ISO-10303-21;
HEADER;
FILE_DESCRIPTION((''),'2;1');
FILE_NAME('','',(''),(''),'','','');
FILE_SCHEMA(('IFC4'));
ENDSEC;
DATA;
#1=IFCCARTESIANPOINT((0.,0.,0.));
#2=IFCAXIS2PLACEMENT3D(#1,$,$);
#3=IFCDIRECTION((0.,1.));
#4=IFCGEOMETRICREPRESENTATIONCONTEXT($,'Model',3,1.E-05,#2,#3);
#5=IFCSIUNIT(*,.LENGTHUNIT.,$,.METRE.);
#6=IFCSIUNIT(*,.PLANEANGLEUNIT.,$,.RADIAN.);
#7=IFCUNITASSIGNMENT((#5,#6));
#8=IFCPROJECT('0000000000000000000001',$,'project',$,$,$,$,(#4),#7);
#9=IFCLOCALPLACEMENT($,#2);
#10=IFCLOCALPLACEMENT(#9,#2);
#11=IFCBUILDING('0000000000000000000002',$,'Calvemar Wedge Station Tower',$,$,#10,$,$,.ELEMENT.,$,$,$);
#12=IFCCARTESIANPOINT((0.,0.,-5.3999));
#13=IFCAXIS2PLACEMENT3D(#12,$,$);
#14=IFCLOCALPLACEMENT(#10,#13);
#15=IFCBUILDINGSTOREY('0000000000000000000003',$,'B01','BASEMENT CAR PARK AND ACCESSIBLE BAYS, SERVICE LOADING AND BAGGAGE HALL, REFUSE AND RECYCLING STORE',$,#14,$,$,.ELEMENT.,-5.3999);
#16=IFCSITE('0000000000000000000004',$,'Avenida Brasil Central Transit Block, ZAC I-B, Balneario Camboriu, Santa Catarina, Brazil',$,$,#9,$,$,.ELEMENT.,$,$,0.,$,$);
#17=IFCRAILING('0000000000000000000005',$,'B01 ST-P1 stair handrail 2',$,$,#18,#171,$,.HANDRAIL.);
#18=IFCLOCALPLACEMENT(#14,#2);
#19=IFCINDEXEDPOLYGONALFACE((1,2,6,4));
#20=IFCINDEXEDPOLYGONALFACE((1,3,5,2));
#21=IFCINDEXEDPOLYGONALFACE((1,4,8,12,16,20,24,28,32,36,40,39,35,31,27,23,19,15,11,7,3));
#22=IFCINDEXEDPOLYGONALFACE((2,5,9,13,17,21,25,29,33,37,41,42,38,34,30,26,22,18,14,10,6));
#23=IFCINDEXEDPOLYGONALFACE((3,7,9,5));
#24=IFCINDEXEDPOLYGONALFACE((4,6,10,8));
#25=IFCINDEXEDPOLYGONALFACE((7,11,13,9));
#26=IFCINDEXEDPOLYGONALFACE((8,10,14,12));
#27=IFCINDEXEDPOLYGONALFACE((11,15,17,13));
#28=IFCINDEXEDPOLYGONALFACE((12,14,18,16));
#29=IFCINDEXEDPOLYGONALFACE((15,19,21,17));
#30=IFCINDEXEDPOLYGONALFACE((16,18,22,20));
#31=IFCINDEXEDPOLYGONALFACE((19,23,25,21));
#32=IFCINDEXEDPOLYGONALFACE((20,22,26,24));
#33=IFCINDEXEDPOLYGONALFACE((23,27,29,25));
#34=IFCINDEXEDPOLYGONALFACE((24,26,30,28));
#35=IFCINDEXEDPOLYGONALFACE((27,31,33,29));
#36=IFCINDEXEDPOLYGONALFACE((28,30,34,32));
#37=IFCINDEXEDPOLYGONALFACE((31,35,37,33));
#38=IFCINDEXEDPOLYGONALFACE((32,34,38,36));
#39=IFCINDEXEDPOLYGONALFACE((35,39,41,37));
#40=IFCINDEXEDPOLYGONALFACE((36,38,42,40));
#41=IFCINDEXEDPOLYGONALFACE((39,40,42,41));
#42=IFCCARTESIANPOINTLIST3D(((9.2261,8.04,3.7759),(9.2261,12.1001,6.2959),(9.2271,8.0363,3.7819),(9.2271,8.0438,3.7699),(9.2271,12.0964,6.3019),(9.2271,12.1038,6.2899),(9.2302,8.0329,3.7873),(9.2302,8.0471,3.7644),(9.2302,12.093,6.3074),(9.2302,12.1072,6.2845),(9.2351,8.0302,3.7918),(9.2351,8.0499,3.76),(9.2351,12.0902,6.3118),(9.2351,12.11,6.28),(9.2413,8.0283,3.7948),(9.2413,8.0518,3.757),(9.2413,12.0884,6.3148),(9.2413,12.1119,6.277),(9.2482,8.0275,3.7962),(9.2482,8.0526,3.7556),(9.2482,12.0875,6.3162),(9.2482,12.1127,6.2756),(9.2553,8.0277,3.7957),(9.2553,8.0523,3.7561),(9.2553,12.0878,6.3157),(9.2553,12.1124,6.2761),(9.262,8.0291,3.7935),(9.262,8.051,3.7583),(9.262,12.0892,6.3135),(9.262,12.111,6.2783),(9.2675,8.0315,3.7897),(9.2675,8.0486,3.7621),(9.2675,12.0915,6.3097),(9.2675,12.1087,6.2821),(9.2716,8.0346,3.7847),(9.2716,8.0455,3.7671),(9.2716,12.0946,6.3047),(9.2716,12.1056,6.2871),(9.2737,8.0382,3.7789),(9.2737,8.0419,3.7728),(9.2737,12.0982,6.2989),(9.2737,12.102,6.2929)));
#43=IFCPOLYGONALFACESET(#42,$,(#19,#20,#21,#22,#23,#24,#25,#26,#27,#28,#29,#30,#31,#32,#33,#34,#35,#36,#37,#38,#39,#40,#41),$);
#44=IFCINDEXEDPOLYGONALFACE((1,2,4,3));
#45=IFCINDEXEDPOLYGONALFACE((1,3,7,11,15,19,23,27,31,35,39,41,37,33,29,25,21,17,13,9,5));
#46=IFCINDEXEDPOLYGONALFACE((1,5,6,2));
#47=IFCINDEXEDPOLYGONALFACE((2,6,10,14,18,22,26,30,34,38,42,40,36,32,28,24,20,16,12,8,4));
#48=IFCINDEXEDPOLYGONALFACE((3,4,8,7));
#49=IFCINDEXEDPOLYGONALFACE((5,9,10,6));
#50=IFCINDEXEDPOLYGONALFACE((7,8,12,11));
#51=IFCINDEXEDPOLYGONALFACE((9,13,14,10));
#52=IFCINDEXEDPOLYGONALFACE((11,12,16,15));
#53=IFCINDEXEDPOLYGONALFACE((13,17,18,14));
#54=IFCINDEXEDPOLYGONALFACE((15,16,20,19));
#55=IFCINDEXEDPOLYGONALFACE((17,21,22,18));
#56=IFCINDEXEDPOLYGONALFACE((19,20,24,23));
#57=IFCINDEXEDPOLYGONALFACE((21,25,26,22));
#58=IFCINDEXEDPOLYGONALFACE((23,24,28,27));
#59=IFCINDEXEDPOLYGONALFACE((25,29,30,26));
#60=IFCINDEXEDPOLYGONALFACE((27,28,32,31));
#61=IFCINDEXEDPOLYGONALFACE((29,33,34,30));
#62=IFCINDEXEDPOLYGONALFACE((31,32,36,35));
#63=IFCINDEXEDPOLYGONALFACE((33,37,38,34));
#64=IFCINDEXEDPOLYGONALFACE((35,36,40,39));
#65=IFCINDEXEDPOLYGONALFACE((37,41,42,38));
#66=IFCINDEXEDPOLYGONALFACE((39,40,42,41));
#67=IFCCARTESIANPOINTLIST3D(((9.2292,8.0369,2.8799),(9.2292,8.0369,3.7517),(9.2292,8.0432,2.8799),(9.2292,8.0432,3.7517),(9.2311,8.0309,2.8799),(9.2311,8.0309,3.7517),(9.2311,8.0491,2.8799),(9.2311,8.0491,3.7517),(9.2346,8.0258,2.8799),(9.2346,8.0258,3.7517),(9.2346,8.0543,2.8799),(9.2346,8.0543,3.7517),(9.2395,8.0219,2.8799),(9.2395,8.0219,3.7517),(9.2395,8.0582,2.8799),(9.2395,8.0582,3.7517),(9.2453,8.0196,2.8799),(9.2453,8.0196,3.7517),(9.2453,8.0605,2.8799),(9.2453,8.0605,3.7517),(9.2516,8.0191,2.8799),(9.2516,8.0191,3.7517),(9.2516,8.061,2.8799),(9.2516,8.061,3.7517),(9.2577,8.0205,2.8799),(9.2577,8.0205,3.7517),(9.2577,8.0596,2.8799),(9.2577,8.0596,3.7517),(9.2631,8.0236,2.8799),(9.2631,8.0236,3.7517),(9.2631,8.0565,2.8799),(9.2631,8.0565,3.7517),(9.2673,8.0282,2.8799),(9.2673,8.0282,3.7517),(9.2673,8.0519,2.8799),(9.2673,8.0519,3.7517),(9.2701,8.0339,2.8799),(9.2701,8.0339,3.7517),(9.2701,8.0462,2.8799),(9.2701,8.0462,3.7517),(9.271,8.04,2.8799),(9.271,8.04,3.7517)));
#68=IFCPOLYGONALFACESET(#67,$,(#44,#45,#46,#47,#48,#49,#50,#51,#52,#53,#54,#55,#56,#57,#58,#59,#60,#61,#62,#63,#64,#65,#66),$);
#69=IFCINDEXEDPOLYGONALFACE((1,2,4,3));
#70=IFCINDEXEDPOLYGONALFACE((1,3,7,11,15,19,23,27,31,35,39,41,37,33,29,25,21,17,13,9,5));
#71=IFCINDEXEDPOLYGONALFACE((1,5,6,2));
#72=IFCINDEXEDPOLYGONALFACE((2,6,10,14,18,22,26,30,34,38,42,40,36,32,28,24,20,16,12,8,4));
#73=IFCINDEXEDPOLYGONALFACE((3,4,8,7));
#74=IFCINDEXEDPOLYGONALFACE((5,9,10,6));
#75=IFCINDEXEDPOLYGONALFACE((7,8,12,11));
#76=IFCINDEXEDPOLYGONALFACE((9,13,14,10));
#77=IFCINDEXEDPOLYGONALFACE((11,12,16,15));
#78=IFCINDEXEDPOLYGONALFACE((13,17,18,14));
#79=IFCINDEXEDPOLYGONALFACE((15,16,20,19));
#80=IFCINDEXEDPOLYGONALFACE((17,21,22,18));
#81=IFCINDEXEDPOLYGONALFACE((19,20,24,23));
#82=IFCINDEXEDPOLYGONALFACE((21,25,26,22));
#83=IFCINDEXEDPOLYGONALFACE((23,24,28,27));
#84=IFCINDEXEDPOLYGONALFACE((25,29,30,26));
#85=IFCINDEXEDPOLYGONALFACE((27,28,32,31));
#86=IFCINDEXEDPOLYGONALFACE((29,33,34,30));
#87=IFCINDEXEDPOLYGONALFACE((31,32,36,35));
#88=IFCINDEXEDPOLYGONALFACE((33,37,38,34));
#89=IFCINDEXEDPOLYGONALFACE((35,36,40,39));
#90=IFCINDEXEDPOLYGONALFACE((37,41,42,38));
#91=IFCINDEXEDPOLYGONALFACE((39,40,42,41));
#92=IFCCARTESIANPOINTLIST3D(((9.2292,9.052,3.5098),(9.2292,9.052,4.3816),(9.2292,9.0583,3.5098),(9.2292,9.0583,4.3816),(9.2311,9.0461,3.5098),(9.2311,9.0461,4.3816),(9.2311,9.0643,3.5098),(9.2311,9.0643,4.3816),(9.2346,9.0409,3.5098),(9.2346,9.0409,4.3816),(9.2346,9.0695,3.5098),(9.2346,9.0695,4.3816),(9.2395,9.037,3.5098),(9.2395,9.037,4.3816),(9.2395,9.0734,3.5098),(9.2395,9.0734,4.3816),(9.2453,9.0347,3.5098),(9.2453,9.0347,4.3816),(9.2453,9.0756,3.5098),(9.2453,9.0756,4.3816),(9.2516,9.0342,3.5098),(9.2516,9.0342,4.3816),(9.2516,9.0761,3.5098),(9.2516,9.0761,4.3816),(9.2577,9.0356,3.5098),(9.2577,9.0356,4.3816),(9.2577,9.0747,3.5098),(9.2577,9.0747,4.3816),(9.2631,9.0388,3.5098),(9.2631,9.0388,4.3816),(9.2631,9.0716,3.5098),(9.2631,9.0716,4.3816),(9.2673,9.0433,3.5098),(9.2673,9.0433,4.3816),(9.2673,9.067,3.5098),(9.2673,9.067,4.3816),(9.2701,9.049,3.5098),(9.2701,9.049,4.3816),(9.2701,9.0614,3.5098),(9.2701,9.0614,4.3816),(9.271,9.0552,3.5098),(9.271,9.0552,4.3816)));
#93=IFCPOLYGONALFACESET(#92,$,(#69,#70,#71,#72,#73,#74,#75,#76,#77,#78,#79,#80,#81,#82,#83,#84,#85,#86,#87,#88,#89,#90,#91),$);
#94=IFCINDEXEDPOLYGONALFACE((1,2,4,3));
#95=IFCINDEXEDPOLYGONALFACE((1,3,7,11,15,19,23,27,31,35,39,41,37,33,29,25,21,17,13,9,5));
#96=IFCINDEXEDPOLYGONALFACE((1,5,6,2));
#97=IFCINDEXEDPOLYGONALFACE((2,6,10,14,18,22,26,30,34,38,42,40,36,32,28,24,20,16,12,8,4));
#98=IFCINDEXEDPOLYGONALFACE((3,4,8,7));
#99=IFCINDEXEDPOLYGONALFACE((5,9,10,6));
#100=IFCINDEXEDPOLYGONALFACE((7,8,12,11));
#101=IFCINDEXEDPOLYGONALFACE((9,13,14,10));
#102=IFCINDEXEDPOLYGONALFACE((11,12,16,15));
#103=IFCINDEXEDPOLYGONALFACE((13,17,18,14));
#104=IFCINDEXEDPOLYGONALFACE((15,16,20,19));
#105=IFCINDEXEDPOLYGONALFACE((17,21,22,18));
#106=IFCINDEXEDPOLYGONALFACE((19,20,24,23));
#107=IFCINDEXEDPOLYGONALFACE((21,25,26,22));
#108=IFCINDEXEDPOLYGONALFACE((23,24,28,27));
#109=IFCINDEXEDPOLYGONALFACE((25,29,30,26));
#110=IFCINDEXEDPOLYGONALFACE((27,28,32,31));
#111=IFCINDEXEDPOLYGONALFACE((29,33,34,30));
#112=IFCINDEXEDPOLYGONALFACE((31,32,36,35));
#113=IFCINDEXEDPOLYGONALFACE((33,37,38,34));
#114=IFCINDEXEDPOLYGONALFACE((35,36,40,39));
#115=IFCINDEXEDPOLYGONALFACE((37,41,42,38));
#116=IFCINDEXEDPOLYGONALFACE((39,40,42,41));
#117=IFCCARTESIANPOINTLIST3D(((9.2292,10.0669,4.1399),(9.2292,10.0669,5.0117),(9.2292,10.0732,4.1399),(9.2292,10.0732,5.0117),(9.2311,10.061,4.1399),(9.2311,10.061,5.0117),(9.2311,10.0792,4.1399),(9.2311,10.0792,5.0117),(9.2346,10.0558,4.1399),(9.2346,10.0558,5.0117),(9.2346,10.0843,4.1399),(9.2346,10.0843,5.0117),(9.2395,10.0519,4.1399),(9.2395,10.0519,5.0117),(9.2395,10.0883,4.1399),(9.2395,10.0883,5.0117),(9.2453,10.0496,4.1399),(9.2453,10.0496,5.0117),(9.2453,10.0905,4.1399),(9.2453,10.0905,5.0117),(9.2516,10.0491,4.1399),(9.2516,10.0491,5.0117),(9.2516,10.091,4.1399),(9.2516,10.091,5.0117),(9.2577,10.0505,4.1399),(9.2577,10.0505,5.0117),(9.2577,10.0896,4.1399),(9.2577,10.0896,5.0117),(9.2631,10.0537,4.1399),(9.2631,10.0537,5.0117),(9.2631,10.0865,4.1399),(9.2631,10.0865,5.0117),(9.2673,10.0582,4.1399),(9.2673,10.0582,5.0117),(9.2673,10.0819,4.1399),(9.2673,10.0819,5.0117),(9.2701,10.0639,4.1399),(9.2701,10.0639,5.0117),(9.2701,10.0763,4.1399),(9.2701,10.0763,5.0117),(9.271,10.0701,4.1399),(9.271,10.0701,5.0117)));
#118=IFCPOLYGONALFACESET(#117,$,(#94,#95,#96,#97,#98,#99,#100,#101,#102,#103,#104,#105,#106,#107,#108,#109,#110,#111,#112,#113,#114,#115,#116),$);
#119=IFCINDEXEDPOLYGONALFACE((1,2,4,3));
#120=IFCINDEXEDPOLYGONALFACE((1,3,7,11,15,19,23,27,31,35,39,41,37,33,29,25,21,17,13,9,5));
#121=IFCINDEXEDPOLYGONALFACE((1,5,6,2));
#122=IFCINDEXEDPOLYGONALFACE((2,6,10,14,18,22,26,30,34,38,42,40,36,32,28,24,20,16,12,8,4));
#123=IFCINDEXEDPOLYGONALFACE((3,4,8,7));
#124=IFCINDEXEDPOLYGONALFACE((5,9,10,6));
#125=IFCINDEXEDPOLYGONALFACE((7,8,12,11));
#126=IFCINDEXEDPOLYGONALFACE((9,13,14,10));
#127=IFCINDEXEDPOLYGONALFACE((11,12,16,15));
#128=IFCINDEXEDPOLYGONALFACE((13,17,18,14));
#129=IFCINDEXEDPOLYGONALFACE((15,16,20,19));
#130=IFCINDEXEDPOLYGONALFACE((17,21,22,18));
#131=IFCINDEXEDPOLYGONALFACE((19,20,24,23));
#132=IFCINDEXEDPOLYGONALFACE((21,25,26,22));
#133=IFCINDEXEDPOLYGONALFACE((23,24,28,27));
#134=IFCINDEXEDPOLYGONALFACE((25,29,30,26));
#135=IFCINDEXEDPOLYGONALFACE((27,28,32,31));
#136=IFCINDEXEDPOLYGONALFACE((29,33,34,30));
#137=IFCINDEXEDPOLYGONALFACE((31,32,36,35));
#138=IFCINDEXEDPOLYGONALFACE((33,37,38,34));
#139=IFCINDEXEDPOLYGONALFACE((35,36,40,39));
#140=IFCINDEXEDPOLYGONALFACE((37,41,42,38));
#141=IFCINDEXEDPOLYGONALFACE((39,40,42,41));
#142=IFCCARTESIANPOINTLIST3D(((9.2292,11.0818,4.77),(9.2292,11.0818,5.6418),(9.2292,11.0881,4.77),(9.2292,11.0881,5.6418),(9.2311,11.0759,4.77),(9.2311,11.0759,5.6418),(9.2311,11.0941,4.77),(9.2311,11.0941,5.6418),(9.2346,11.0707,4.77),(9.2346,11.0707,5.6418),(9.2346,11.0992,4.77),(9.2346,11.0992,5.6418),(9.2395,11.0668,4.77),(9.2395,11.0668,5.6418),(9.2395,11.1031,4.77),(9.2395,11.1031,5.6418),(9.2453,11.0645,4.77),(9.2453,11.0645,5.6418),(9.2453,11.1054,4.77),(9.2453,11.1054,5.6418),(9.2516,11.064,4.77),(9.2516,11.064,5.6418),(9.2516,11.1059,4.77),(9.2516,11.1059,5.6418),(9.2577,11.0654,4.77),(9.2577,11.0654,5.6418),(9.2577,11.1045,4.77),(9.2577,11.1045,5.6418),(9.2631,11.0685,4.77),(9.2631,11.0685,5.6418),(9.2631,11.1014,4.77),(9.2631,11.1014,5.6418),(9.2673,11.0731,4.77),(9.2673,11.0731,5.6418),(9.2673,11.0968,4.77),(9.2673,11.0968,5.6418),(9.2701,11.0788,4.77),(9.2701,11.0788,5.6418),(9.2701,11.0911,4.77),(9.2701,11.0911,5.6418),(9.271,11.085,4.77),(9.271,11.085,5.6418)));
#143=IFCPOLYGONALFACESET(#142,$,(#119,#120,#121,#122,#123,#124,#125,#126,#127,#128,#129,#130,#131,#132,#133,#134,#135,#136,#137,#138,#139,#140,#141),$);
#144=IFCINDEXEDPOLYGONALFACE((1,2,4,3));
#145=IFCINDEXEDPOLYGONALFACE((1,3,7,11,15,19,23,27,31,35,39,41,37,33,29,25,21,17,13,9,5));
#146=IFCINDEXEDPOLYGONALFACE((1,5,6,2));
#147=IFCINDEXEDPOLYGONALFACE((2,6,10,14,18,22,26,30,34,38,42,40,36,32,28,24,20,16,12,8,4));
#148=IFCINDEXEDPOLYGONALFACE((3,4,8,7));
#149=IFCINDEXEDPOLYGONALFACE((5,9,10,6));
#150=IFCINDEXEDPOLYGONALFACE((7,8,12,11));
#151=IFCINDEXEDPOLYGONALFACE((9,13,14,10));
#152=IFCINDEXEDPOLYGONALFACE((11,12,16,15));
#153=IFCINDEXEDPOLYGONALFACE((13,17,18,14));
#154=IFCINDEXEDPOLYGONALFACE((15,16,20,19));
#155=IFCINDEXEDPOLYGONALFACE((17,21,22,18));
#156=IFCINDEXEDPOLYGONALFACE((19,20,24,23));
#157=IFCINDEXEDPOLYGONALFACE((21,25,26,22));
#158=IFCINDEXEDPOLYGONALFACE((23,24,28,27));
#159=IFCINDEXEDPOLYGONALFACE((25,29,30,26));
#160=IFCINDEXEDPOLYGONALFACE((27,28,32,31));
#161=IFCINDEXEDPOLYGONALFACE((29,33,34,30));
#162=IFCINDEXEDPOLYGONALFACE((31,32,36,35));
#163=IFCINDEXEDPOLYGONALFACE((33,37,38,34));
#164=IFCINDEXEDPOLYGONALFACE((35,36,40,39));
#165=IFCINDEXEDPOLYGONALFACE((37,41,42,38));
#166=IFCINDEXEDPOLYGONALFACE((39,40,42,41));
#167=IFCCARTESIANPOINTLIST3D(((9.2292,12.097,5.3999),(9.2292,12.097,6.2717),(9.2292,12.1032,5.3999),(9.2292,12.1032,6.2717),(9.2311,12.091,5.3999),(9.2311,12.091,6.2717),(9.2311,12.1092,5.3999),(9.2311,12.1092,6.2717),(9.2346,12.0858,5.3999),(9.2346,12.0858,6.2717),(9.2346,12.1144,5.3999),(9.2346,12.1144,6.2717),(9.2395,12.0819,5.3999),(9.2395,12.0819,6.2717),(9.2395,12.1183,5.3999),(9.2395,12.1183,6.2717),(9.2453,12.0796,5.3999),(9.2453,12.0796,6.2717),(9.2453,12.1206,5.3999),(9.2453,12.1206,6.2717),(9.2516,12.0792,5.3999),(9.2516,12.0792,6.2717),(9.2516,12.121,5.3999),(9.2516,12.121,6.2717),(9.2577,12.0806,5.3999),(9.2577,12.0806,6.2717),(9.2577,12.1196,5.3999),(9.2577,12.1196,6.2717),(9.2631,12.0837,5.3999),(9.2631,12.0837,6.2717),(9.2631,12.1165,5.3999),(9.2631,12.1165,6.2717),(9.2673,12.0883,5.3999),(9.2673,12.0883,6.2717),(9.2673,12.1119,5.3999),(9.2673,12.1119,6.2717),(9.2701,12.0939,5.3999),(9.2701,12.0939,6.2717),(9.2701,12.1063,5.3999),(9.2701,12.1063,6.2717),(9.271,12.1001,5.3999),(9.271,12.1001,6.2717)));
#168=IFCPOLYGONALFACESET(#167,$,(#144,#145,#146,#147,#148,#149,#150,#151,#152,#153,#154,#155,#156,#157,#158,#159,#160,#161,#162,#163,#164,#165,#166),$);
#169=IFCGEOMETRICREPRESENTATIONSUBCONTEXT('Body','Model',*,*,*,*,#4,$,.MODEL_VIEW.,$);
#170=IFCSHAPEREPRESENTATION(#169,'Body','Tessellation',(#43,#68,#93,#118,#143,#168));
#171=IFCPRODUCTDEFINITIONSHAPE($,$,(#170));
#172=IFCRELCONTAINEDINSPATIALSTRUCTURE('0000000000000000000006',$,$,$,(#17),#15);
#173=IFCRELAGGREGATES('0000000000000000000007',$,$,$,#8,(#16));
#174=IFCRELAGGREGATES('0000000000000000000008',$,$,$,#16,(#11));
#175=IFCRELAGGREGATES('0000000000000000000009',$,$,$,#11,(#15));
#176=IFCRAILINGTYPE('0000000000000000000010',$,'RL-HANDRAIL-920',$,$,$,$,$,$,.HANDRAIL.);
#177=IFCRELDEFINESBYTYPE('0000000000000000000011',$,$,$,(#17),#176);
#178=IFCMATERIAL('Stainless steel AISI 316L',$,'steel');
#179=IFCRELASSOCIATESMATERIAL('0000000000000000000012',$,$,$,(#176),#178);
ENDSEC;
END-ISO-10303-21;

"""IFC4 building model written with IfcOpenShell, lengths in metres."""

from ifc_helpers import new_model, si_unit, direction, frame, origin, origin_2d, place, context, subcontext, project, spatial, circle, extrude, material, type_object, element, save


model = new_model("IFC4")

# Units and contexts
model_context = context("Model", 3, precision=1e-05, world=origin(), true_north=direction((0.0, 1.0)))
body_context = subcontext(model_context, "Body", "Model", "MODEL_VIEW")
ifc_project = project(units=[si_unit("LENGTHUNIT", "METRE"), si_unit("PLANEANGLEUNIT", "RADIAN")], contexts=[model_context])

# Site, building, storey
site_placement = place(None, origin())
site = spatial("IfcSite", under=ifc_project, at=site_placement, Name="Avenida Brasil Central Transit Block, ZAC I-B, Balneario Camboriu, Santa Catarina, Brazil", CompositionType="ELEMENT", RefElevation=0.0)
building_placement = place(site_placement, origin())
building = spatial("IfcBuilding", under=site, at=building_placement, Name="Calvemar Wedge Station Tower", CompositionType="ELEMENT")
storey_placement = place(building_placement, frame((0.0, 0.0, -5.3999)))
storey = spatial("IfcBuildingStorey", under=building, at=storey_placement, Name="B01", Description="BASEMENT CAR PARK AND ACCESSIBLE BAYS, SERVICE LOADING AND BAGGAGE HALL, REFUSE AND RECYCLING STORE", CompositionType="ELEMENT", Elevation=-5.3999)

# Railing
ifc_material_1 = material(Name="Stainless steel AISI 316L", Category="steel")
railing_type = type_object("IfcRailingType", Name="RL-HANDRAIL-920", PredefinedType="HANDRAIL", material=ifc_material_1)
railing_placement = place(storey_placement, frame((9.25, 8.04, 2.8799)))
element("IfcRailing", 1, at=railing_placement, inside=storey, type_object=railing_type, Name="B01 ST-P1 stair handrail 2", PredefinedType="HANDRAIL", context=body_context, shape_type="SweptSolid", body=[
    extrude(circle(Radius=0.0239, at=origin_2d()), frame((0.0, 0.0, 0.896), z_axis=(0.0, 0.849642, 0.52736), x_axis=(-1.0, 0.0, 0.0)), (0.0, 0.0, 1.0), 4.7786),
    extrude(circle(Radius=0.021, at=origin_2d()), origin(), (0.0, 0.0, 1.0), 0.8718),
    extrude(circle(Radius=0.021, at=origin_2d()), frame((0.0, 1.0151, 0.6299)), (0.0, 0.0, 1.0), 0.8718),
    extrude(circle(Radius=0.021, at=origin_2d()), frame((0.0, 2.03, 1.26)), (0.0, 0.0, 1.0), 0.8718),
    extrude(circle(Radius=0.021, at=origin_2d()), frame((0.0, 3.0449, 1.8901)), (0.0, 0.0, 1.0), 0.8718),
    extrude(circle(Radius=0.021, at=origin_2d()), frame((0.0, 4.0601, 2.52)), (0.0, 0.0, 1.0), 0.8718),
])

save(model, "model.ifc")
